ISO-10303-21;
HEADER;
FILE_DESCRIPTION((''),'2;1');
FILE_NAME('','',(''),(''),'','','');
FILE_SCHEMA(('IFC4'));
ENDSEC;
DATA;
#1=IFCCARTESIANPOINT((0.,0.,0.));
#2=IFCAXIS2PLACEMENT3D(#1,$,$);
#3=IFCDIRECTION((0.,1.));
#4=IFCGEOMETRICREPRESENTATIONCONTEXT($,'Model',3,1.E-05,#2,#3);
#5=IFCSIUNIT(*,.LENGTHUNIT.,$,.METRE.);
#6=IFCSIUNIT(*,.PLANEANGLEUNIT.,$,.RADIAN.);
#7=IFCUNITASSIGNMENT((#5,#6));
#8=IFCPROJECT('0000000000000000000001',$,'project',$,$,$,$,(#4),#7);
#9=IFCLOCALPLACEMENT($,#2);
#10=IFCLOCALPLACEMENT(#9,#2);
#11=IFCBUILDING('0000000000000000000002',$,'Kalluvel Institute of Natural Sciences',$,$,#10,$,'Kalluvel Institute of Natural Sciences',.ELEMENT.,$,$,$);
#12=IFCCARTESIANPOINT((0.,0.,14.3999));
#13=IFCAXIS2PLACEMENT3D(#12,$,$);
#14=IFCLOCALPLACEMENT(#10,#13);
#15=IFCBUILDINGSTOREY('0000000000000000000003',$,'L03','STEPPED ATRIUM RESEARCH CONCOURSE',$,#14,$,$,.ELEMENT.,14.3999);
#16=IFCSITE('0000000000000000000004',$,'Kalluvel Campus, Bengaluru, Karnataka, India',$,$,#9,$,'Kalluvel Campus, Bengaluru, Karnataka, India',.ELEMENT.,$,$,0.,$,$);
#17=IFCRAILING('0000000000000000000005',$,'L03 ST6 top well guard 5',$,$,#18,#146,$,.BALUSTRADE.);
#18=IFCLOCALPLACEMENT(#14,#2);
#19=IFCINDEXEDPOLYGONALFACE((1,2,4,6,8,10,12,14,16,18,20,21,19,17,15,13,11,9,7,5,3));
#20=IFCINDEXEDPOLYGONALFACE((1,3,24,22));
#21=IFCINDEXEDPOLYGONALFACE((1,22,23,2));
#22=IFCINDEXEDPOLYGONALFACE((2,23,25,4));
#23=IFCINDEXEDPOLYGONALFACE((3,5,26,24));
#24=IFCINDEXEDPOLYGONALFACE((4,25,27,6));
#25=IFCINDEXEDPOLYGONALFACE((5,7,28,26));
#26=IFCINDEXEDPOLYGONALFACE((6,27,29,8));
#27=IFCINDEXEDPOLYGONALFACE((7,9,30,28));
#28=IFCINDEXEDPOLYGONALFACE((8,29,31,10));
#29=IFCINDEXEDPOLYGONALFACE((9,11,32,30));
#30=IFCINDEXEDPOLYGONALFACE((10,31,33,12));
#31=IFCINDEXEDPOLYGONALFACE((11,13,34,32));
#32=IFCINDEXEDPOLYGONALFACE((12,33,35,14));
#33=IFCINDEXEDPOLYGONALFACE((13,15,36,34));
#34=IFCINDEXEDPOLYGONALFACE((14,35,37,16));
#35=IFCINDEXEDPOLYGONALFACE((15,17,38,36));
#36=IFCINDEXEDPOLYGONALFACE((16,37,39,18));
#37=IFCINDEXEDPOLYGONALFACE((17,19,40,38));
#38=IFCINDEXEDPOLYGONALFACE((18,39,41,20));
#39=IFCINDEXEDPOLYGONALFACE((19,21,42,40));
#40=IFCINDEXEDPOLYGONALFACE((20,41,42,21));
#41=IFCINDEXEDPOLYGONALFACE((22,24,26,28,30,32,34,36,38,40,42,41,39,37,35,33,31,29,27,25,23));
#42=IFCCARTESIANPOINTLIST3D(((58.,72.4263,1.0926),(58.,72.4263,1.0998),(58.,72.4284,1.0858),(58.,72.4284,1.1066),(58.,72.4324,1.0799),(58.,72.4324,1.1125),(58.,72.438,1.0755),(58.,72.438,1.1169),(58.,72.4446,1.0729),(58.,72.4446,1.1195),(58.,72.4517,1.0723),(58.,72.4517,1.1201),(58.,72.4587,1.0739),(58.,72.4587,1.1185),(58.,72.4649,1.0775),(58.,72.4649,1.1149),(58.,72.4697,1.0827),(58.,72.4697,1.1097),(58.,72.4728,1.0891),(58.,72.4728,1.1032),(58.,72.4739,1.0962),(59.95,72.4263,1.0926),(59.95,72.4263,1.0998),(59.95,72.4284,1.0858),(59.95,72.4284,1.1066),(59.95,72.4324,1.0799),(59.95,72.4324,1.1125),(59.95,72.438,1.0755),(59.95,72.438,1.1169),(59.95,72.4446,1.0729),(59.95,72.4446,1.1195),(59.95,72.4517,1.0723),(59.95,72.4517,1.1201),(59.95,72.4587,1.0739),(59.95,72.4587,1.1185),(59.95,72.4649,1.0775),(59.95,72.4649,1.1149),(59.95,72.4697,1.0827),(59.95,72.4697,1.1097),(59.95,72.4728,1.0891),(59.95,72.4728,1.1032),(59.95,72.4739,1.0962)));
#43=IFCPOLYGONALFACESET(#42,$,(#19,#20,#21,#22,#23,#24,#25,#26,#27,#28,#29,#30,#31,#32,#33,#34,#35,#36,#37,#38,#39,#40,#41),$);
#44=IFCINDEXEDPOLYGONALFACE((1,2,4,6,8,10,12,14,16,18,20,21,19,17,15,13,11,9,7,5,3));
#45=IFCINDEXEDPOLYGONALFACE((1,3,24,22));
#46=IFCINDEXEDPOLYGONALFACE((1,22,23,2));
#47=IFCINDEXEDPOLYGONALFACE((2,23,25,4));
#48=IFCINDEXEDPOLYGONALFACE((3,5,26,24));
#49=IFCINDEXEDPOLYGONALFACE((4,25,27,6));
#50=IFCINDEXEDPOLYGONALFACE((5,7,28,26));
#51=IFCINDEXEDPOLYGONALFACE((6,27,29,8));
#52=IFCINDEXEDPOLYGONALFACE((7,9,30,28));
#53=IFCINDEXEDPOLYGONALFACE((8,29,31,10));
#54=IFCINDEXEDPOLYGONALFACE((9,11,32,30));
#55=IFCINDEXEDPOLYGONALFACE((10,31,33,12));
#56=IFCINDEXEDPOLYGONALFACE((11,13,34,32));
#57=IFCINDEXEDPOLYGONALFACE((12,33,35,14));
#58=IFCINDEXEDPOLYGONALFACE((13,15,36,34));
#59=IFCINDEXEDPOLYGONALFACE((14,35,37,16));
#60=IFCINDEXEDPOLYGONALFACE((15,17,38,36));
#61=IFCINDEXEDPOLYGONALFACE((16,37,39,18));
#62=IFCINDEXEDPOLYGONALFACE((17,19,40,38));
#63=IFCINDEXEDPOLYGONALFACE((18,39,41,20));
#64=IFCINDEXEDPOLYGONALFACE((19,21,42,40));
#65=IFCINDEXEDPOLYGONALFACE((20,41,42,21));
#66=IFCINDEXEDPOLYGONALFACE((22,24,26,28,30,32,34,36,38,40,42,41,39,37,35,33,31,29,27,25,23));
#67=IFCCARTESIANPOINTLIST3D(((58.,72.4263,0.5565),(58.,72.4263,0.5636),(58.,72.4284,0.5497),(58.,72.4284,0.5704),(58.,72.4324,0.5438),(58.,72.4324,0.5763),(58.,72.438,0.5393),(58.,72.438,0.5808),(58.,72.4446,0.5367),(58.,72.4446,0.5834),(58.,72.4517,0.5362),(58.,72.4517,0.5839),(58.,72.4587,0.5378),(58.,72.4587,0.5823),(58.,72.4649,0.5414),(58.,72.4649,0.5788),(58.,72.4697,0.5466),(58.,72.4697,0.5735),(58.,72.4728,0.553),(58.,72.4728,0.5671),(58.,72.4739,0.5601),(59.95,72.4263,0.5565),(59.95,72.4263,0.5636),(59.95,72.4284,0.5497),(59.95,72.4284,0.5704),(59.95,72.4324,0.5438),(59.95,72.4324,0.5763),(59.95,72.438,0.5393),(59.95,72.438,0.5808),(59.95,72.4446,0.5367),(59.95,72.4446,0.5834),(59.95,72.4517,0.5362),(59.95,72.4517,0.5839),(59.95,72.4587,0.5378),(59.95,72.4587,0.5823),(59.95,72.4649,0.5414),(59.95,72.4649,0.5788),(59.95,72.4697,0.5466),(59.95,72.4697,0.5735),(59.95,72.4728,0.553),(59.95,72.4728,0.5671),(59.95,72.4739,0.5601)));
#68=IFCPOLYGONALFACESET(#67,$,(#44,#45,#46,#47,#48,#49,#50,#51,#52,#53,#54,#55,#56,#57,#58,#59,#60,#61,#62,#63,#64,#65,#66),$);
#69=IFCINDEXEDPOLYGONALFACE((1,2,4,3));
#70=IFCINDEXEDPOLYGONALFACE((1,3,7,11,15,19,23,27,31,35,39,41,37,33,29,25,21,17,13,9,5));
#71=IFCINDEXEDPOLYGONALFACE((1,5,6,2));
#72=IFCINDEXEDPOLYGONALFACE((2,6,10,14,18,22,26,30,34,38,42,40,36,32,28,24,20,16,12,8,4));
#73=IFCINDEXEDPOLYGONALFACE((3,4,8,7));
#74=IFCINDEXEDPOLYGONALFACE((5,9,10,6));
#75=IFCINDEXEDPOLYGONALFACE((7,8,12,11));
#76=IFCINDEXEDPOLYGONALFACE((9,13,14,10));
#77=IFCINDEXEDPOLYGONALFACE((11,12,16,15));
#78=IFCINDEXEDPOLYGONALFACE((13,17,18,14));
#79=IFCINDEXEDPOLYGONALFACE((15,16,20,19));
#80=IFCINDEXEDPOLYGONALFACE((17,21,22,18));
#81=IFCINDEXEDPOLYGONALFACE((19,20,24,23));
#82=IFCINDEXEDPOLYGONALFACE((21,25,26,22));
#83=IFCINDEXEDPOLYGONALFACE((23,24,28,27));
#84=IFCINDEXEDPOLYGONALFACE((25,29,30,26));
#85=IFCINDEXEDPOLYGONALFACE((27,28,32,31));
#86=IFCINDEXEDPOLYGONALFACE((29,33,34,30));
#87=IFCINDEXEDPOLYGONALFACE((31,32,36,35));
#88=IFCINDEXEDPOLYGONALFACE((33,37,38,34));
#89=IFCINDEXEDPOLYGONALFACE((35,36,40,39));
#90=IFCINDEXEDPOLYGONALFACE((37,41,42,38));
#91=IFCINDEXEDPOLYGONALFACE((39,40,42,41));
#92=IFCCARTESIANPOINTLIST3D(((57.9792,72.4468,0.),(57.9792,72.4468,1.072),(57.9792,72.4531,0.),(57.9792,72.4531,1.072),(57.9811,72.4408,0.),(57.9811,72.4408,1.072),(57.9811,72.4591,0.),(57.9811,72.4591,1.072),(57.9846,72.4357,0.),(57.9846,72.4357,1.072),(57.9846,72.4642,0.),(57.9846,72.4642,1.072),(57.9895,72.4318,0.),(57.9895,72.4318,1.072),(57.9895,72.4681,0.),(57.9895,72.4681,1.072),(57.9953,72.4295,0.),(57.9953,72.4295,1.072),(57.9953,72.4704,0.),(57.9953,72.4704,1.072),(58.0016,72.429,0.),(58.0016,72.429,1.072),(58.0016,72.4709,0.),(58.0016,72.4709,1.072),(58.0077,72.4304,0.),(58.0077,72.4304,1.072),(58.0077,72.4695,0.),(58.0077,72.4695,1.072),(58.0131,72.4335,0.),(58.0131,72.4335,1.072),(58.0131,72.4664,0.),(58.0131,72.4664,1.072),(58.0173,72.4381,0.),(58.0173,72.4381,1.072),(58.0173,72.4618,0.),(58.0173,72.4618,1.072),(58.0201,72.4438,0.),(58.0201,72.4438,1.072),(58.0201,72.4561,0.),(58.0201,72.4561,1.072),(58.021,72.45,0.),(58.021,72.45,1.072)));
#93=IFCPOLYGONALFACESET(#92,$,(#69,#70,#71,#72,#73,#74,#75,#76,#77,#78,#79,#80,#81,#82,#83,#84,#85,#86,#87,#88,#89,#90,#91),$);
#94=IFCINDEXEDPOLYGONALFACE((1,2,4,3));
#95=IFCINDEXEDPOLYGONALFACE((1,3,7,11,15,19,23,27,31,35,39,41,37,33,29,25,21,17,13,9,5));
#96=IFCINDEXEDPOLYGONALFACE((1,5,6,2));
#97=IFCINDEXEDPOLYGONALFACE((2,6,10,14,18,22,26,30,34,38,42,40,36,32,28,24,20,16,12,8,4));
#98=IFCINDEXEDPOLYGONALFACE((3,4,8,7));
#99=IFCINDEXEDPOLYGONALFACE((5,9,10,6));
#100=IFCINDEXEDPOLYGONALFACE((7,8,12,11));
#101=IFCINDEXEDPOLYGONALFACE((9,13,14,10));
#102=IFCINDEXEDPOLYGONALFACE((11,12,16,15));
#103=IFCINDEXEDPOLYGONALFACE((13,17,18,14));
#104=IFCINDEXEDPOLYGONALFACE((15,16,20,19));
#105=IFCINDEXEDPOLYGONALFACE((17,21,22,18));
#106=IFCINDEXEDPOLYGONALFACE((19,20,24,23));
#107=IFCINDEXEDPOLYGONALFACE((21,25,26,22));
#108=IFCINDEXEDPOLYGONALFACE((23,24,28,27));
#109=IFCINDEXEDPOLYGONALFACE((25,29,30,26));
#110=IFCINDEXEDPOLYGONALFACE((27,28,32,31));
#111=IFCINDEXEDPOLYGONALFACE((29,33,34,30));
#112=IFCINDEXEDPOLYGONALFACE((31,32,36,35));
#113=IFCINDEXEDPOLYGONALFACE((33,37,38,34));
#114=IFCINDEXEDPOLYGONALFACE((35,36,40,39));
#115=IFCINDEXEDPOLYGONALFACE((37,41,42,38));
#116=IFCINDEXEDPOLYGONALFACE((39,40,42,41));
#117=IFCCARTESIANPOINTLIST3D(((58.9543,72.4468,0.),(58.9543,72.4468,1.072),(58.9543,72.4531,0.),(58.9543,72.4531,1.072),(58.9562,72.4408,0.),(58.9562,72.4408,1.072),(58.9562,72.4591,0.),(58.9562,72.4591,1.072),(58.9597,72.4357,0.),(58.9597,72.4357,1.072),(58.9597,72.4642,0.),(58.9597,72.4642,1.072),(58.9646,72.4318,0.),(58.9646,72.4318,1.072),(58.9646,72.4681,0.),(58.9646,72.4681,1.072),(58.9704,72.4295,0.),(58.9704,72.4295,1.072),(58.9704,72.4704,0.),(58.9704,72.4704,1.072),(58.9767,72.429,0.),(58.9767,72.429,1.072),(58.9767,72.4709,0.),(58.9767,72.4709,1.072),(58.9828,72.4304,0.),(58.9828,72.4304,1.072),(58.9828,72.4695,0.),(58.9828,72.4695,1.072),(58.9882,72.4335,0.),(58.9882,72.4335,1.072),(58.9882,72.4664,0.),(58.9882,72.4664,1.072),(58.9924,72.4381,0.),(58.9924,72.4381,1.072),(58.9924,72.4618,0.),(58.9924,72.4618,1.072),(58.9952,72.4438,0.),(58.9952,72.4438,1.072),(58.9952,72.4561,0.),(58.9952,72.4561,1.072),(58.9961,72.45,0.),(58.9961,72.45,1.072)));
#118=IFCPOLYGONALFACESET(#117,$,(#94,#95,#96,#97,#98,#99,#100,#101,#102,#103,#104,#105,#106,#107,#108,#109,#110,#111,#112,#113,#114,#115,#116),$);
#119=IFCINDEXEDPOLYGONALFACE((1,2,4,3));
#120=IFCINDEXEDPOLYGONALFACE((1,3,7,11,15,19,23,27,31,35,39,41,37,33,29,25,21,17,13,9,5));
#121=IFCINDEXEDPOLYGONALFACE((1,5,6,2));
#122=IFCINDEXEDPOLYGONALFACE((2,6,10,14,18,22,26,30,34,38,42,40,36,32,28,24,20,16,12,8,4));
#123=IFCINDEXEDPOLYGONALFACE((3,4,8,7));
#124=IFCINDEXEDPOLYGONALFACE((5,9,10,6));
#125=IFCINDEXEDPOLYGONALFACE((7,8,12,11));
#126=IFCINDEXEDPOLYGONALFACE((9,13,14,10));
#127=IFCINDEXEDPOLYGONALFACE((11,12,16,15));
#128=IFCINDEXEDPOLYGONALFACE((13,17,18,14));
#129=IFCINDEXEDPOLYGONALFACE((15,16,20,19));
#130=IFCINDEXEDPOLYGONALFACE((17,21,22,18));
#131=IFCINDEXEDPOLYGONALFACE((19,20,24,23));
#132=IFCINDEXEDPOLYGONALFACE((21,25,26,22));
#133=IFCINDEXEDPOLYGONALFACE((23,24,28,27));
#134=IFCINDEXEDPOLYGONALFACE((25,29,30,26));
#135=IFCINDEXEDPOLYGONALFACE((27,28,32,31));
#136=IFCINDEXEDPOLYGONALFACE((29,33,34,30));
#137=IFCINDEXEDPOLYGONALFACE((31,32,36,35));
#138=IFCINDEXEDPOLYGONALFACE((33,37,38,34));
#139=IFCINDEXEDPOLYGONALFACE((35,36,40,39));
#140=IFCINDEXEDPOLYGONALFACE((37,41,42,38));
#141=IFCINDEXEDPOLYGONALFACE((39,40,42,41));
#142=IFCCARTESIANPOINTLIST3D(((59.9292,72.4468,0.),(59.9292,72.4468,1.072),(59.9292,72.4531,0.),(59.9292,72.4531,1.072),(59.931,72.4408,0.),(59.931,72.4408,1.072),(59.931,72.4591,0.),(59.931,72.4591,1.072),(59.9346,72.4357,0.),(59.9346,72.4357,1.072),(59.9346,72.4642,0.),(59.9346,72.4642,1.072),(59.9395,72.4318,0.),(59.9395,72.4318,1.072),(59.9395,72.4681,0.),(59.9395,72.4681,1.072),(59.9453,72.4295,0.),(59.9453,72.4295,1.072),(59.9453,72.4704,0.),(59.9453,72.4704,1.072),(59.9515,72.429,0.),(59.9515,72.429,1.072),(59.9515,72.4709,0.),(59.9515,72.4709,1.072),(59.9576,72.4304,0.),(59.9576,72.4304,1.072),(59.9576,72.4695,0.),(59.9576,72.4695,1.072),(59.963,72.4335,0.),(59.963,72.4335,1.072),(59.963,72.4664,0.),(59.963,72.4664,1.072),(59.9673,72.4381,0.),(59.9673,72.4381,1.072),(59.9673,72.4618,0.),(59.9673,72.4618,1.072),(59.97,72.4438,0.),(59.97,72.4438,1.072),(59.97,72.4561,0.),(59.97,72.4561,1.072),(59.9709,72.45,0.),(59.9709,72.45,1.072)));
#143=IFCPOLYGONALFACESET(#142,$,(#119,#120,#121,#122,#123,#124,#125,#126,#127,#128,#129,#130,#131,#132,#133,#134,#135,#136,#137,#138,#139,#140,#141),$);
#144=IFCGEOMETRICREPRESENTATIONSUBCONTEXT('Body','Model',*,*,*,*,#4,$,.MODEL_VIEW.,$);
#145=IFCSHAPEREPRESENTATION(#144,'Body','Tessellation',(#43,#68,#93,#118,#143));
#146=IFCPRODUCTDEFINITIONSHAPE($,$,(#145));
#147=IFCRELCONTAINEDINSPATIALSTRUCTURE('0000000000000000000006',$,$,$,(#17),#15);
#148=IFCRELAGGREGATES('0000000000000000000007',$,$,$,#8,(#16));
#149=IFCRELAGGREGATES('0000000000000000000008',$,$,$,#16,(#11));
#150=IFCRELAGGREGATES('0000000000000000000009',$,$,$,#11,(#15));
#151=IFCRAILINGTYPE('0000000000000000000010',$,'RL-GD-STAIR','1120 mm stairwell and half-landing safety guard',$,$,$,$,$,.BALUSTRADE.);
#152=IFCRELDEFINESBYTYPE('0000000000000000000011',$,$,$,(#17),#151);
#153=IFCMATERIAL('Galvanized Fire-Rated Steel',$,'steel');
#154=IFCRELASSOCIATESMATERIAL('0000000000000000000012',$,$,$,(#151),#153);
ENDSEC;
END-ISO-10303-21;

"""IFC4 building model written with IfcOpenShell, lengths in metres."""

from ifc_helpers import new_model, si_unit, direction, frame, origin, origin_2d, place, context, subcontext, project, spatial, circle, extrude, material, type_object, element, save


model = new_model("IFC4")

# Units and contexts
model_context = context("Model", 3, precision=1e-05, world=origin(), true_north=direction((0.0, 1.0)))
body_context = subcontext(model_context, "Body", "Model", "MODEL_VIEW")
ifc_project = project(units=[si_unit("LENGTHUNIT", "METRE"), si_unit("PLANEANGLEUNIT", "RADIAN")], contexts=[model_context])

# Site, building, storey
site_placement = place(None, origin())
site = spatial("IfcSite", under=ifc_project, at=site_placement, Name="Kalluvel Campus, Bengaluru, Karnataka, India", LongName="Kalluvel Campus, Bengaluru, Karnataka, India", CompositionType="ELEMENT", RefElevation=0.0)
building_placement = place(site_placement, origin())
building = spatial("IfcBuilding", under=site, at=building_placement, Name="Kalluvel Institute of Natural Sciences", LongName="Kalluvel Institute of Natural Sciences", CompositionType="ELEMENT")
storey_placement = place(building_placement, frame((0.0, 0.0, 14.3999)))
storey = spatial("IfcBuildingStorey", under=building, at=storey_placement, Name="L03", Description="STEPPED ATRIUM RESEARCH CONCOURSE", CompositionType="ELEMENT", Elevation=14.3999)

# Railing
ifc_material_1 = material(Name="Galvanized Fire-Rated Steel", Category="steel")
railing_type = type_object("IfcRailingType", Name="RL-GD-STAIR", Description="1120 mm stairwell and half-landing safety guard", PredefinedType="BALUSTRADE", material=ifc_material_1)
for number, where, name in (
    (1, (58.0, 72.45, 0.0), "L03 ST6 top well guard 5"),
):
    element("IfcRailing", number, at=place(storey_placement, frame(where)), inside=storey, type_object=railing_type, Name=name, PredefinedType="BALUSTRADE", context=body_context, shape_type="SweptSolid", body=[
        extrude(circle(Radius=0.0239, at=origin_2d()), frame((0.0, 0.0, 1.0962), z_axis=(1.0, 0.0, 0.0), x_axis=(0.0, 1.0, 0.0)), (0.0, 0.0, 1.0), 1.95),
        extrude(circle(Radius=0.0239, at=origin_2d()), frame((0.0, 0.0, 0.5601), z_axis=(1.0, 0.0, 0.0), x_axis=(0.0, 1.0, 0.0)), (0.0, 0.0, 1.0), 1.95),
        extrude(circle(Radius=0.021, at=origin_2d()), origin(), (0.0, 0.0, 1.0), 1.072),
        extrude(circle(Radius=0.021, at=origin_2d()), frame((0.9751, 0.0, 0.0)), (0.0, 0.0, 1.0), 1.072),
        extrude(circle(Radius=0.021, at=origin_2d()), frame((1.95, 0.0, 0.0)), (0.0, 0.0, 1.0), 1.072),
    ])

save(model, "model.ifc")
